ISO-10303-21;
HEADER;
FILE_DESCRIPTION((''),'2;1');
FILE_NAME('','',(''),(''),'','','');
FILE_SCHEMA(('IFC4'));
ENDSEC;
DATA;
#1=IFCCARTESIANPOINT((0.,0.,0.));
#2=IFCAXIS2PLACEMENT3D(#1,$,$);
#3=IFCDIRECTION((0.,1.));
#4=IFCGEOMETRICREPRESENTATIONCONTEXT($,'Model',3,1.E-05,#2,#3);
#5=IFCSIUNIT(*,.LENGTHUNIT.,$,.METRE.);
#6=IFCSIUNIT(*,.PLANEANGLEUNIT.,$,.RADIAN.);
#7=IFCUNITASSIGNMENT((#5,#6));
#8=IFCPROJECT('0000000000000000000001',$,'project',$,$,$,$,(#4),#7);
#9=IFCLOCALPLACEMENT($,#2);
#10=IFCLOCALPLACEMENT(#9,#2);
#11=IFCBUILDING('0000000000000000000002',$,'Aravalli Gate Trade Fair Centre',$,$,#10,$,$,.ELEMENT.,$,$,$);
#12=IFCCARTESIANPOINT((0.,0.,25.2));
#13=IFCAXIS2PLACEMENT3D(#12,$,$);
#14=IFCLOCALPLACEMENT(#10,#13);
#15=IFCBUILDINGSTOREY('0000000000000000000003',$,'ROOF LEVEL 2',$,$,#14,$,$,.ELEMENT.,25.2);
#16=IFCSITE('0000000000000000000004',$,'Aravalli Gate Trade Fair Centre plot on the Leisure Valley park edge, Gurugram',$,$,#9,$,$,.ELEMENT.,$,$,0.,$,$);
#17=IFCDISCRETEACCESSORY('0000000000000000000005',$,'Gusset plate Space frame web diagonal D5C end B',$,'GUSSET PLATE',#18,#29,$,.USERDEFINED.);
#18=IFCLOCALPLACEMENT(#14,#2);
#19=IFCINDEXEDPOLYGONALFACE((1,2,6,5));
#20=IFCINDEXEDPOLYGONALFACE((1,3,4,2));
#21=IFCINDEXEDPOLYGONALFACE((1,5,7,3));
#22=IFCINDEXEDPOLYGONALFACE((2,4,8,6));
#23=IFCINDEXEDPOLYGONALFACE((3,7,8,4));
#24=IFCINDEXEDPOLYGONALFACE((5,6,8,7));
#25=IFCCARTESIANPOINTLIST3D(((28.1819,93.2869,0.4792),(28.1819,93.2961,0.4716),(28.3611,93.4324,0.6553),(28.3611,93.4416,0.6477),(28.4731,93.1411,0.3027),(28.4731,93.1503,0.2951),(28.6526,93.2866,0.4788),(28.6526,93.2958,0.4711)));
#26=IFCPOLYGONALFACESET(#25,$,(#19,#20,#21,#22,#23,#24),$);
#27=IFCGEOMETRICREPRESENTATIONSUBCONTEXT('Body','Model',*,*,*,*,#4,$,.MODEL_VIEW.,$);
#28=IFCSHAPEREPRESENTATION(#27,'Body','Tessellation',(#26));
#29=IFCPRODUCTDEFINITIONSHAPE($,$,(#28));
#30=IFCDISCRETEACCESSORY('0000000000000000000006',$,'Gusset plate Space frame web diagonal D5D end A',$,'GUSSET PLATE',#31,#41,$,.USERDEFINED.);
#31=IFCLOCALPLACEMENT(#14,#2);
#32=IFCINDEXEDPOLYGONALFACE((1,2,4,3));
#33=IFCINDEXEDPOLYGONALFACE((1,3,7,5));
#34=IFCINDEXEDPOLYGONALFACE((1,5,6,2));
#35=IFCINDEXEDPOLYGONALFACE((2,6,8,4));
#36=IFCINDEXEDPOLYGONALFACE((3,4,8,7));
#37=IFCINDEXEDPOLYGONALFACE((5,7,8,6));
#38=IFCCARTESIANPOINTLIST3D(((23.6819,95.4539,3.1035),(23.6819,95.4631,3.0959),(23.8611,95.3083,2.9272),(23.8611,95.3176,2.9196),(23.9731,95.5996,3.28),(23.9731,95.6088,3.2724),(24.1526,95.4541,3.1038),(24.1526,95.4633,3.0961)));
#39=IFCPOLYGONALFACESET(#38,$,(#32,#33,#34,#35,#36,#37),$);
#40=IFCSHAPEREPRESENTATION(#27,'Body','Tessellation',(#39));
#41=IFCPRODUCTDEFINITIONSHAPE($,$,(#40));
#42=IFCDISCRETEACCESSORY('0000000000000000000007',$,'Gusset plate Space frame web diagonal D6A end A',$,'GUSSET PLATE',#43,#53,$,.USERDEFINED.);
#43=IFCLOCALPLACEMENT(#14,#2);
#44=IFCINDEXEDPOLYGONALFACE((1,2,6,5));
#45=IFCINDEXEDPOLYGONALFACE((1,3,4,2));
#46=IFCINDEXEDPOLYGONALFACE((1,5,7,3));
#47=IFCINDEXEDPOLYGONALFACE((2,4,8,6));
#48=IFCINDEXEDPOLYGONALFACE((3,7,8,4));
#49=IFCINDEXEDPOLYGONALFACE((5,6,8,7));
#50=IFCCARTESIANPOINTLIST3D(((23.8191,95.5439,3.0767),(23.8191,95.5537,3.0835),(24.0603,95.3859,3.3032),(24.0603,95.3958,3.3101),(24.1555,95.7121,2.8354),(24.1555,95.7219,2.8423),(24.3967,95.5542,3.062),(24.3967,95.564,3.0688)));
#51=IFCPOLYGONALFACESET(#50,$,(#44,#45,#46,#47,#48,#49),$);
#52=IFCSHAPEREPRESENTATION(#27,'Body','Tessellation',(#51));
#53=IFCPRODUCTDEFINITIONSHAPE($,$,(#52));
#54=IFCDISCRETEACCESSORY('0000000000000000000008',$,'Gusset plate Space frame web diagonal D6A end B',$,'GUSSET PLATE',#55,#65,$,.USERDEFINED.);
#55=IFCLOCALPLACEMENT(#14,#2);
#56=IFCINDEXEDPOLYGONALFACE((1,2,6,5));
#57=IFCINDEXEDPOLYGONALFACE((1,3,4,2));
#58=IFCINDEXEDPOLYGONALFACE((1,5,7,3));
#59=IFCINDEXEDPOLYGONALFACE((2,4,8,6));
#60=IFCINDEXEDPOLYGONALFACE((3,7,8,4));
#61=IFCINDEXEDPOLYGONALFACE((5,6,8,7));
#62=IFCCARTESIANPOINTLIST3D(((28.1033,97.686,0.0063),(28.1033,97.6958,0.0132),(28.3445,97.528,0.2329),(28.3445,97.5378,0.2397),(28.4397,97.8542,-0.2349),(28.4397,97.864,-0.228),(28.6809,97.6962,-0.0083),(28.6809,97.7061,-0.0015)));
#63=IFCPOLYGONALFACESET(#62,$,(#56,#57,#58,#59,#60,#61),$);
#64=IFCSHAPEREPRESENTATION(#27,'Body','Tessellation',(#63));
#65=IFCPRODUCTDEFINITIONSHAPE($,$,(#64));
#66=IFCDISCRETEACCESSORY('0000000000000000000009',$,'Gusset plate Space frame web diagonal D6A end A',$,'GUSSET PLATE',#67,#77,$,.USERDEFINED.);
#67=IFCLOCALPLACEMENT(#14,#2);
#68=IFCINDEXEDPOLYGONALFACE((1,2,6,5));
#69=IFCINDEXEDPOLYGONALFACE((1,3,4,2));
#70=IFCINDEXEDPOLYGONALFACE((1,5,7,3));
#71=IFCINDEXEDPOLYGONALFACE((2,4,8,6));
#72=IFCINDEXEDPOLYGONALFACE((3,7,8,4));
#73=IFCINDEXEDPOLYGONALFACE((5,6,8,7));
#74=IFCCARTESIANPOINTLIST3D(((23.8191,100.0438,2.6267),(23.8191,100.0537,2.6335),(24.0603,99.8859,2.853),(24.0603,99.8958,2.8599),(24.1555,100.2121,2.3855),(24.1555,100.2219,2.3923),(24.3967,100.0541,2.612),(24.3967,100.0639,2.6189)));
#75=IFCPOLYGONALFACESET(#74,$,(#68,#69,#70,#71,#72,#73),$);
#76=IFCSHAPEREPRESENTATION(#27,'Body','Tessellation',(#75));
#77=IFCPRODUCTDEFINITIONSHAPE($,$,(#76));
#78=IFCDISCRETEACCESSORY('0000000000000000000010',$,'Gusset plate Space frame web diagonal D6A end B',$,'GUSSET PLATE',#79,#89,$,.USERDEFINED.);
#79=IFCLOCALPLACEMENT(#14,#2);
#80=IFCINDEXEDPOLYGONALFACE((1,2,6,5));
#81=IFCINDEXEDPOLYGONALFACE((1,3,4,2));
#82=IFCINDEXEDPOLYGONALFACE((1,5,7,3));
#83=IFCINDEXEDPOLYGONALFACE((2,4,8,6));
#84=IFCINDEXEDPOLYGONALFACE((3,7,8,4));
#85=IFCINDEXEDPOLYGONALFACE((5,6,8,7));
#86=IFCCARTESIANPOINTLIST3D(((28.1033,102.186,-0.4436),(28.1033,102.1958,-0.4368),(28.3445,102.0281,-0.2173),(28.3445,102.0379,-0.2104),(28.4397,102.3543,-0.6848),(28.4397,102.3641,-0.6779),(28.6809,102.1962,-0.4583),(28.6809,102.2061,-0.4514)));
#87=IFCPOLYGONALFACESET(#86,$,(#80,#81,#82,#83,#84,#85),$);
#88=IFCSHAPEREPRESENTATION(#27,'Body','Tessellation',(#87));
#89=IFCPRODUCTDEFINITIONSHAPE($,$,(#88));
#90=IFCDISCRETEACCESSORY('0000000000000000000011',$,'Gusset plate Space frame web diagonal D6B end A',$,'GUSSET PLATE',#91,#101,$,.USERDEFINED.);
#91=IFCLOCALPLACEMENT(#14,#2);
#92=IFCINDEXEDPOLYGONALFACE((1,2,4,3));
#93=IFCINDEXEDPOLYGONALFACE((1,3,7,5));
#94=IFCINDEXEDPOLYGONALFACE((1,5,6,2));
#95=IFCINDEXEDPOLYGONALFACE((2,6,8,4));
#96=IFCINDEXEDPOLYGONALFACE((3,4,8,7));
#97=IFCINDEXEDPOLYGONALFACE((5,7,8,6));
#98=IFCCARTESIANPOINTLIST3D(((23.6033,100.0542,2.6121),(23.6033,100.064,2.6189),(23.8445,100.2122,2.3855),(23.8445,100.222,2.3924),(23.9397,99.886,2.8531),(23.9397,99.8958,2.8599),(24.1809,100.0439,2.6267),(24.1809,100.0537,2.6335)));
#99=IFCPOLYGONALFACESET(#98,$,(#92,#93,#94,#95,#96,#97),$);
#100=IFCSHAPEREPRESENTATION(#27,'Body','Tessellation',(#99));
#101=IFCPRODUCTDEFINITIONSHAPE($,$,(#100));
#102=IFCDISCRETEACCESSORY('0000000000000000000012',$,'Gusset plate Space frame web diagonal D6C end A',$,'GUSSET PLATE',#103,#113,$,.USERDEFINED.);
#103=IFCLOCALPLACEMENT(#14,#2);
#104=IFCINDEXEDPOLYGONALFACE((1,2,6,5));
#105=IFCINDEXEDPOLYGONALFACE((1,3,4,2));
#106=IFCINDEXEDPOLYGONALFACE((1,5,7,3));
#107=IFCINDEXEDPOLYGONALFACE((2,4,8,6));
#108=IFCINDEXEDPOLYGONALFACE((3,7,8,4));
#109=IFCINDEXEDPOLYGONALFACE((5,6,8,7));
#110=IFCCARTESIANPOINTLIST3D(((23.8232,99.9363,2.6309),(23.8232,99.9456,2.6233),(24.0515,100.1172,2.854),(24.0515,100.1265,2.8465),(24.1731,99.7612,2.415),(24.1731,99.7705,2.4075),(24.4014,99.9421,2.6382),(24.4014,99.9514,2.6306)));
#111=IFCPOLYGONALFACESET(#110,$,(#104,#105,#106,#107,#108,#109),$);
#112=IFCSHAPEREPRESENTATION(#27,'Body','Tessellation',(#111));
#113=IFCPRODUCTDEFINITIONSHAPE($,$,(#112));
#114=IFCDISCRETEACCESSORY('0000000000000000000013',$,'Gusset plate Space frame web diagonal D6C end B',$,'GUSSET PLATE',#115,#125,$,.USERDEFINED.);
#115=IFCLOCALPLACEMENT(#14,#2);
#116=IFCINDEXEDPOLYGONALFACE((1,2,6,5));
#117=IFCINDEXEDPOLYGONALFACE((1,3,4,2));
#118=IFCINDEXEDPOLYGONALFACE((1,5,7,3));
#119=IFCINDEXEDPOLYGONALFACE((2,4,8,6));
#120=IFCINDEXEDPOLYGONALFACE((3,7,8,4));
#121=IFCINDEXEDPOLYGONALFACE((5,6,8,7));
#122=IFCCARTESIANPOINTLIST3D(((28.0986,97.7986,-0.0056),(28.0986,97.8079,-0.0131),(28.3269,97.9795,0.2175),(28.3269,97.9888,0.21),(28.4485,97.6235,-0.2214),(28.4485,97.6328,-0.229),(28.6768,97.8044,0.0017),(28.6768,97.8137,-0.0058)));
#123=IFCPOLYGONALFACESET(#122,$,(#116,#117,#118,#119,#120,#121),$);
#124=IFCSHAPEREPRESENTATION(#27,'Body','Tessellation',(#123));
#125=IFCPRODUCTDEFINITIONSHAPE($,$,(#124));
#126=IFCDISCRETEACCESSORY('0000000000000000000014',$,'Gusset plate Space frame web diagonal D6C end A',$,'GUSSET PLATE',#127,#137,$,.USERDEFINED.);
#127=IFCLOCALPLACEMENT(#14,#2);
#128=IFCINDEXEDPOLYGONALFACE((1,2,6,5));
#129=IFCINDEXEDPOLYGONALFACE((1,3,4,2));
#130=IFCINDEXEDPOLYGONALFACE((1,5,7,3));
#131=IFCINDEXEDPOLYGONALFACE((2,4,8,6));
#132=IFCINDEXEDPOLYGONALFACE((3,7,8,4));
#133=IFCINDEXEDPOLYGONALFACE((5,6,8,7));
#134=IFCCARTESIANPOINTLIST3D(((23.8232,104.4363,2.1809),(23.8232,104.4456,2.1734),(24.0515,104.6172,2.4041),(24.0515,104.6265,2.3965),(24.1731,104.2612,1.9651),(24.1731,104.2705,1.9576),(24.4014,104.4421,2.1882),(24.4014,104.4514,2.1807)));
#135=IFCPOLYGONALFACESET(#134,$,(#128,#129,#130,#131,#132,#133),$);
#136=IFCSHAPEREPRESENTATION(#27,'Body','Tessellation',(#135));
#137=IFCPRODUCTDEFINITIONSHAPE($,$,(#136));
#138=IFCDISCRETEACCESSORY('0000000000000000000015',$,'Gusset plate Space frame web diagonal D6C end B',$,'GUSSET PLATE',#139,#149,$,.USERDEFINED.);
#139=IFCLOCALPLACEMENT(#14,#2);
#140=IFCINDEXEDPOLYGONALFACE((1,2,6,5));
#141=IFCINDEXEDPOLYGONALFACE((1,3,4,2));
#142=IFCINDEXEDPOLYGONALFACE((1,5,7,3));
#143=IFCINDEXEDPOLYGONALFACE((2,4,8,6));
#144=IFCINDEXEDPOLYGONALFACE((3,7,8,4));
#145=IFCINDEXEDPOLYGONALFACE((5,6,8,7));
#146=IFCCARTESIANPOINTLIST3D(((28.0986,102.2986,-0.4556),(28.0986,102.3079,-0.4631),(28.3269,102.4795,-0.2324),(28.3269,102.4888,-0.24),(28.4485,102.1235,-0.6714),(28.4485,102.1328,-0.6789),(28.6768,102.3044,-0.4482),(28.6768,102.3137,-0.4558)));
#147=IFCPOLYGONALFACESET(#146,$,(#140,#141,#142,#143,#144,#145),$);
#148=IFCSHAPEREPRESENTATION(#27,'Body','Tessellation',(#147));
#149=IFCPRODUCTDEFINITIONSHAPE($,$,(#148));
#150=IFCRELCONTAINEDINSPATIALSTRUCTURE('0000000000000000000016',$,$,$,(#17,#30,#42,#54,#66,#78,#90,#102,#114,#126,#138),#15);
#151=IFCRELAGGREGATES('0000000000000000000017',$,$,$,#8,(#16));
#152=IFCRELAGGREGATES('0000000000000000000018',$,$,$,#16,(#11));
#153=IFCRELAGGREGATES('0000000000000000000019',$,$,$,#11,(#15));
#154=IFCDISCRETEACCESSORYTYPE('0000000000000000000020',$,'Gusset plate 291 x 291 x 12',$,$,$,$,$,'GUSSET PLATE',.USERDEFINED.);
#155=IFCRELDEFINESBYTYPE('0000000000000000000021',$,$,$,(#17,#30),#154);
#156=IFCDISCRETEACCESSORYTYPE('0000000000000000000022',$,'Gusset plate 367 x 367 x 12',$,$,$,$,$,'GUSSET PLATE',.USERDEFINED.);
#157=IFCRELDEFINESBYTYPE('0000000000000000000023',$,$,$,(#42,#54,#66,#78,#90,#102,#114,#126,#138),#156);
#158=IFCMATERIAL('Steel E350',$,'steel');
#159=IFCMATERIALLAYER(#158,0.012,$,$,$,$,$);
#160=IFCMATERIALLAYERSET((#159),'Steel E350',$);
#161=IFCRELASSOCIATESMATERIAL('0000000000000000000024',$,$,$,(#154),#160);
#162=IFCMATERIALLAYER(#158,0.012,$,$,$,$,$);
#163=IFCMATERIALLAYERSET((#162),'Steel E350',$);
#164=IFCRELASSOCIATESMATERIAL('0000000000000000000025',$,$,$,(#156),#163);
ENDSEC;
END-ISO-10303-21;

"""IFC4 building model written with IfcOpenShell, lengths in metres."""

from ifc_helpers import new_model, si_unit, direction, frame, origin, place, context, subcontext, project, spatial, polyline, outline, extrude, material, layer, layer_set, type_object, element, save


model = new_model("IFC4")

# Units and contexts
model_context = context("Model", 3, precision=1e-05, world=origin(), true_north=direction((0.0, 1.0)))
body_context = subcontext(model_context, "Body", "Model", "MODEL_VIEW")
ifc_project = project(units=[si_unit("LENGTHUNIT", "METRE"), si_unit("PLANEANGLEUNIT", "RADIAN")], contexts=[model_context])

# Site, building, storey
site_placement = place(None, origin())
site = spatial("IfcSite", under=ifc_project, at=site_placement, Name="Aravalli Gate Trade Fair Centre plot on the Leisure Valley park edge, Gurugram", CompositionType="ELEMENT", RefElevation=0.0)
building_placement = place(site_placement, origin())
building = spatial("IfcBuilding", under=site, at=building_placement, Name="Aravalli Gate Trade Fair Centre", CompositionType="ELEMENT")
storey_placement = place(building_placement, frame((0.0, 0.0, 25.2)))
storey = spatial("IfcBuildingStorey", under=building, at=storey_placement, Name="ROOF LEVEL 2", CompositionType="ELEMENT", Elevation=25.2)

# Shared definitions
ifc_material_1 = material(Name="Steel E350", Category="steel")

# Discrete accessories
ifc_layer_1 = layer(ifc_material_1, 0.012)
ifc_layer_set_1 = layer_set([ifc_layer_1], Name="Steel E350")
discrete_accessory_type_1 = type_object("IfcDiscreteAccessoryType", Name="Gusset plate 291 x 291 x 12", ElementType="GUSSET PLATE", PredefinedType="USERDEFINED", material=ifc_layer_set_1)
discrete_accessory_1_placement = place(storey_placement, frame((28.1819, 93.2869, 0.4792), z_axis=(0.000261, -0.770887, 0.636972), x_axis=(0.786233, -0.393446, -0.476485)))
element("IfcDiscreteAccessory", 1, at=discrete_accessory_1_placement, inside=storey, type_object=discrete_accessory_type_1, Name="Gusset plate Space frame web diagonal D5C end B", ObjectType="GUSSET PLATE", PredefinedType="USERDEFINED", context=body_context, shape_type="SweptSolid", body=[
    extrude(outline(polyline([(0.0, 0.0), (0.3704, 0.0), (0.3704, 0.2904), (-0.0002, 0.2903), (0.0, 0.0)])), origin(), (0.0, 0.0, -1.0), 0.012),
])
discrete_accessory_2_placement = place(storey_placement, frame((23.6819, 95.4539, 3.1035), z_axis=(0.00007, -0.771155, 0.636648), x_axis=(0.786233, 0.393446, 0.476485)))
element("IfcDiscreteAccessory", 2, at=discrete_accessory_2_placement, inside=storey, type_object=discrete_accessory_type_1, Name="Gusset plate Space frame web diagonal D5D end A", ObjectType="GUSSET PLATE", PredefinedType="USERDEFINED", context=body_context, shape_type="SweptSolid", body=[
    extrude(outline(polyline([(0.0, 0.0), (0.3704, 0.0), (0.3703, -0.2906), (-0.0003, -0.2904), (0.0, 0.0)])), origin(), (0.0, 0.0, -1.0), 0.012),
])
ifc_layer_2 = layer(ifc_material_1, 0.012)
ifc_layer_set_2 = layer_set([ifc_layer_2], Name="Steel E350")
discrete_accessory_type_2 = type_object("IfcDiscreteAccessoryType", Name="Gusset plate 367 x 367 x 12", ElementType="GUSSET PLATE", PredefinedType="USERDEFINED", material=ifc_layer_set_2)
discrete_accessory_3_placement = place(storey_placement, frame((24.1555, 95.7219, 2.8423), z_axis=(-0.000057, 0.820282, 0.57196), x_axis=(-0.75291, -0.376455, 0.539822)))
element("IfcDiscreteAccessory", 3, at=discrete_accessory_3_placement, inside=storey, type_object=discrete_accessory_type_2, Name="Gusset plate Space frame web diagonal D6A end A", ObjectType="GUSSET PLATE", PredefinedType="USERDEFINED", context=body_context, shape_type="SweptSolid", body=[
    extrude(outline(polyline([(0.0, 0.0), (0.4468, 0.0), (0.447, 0.3667), (0.0002, 0.3667), (0.0, 0.0)])), origin(), (0.0, 0.0, -1.0), 0.012),
])
discrete_accessory_4_placement = place(storey_placement, frame((28.1033, 97.6958, 0.0132), z_axis=(-0.000057, 0.820282, 0.57196), x_axis=(0.75291, 0.376455, -0.539822)))
element("IfcDiscreteAccessory", 4, at=discrete_accessory_4_placement, inside=storey, type_object=discrete_accessory_type_2, Name="Gusset plate Space frame web diagonal D6A end B", ObjectType="GUSSET PLATE", PredefinedType="USERDEFINED", context=body_context, shape_type="SweptSolid", body=[
    extrude(outline(polyline([(0.0, 0.0), (0.4468, 0.0), (0.4467, -0.3667), (-0.0002, -0.3667), (0.0, 0.0)])), origin(), (0.0, 0.0, -1.0), 0.012),
])
discrete_accessory_5_placement = place(storey_placement, frame((24.1555, 100.2219, 2.3923), z_axis=(-0.000049, 0.820141, 0.572161), x_axis=(-0.75291, -0.376583, 0.539733)))
element("IfcDiscreteAccessory", 5, at=discrete_accessory_5_placement, inside=storey, type_object=discrete_accessory_type_2, Name="Gusset plate Space frame web diagonal D6A end A", ObjectType="GUSSET PLATE", PredefinedType="USERDEFINED", context=body_context, shape_type="SweptSolid", body=[
    extrude(outline(polyline([(0.0, 0.0), (0.4468, 0.0), (0.4469, 0.3665), (0.0002, 0.3667), (0.0, 0.0)])), origin(), (0.0, 0.0, -1.0), 0.012),
])
discrete_accessory_6_placement = place(storey_placement, frame((28.1033, 102.1958, -0.4368), z_axis=(-0.000049, 0.820141, 0.572161), x_axis=(0.75291, 0.376583, -0.539733)))
element("IfcDiscreteAccessory", 6, at=discrete_accessory_6_placement, inside=storey, type_object=discrete_accessory_type_2, Name="Gusset plate Space frame web diagonal D6A end B", ObjectType="GUSSET PLATE", PredefinedType="USERDEFINED", context=body_context, shape_type="SweptSolid", body=[
    extrude(outline(polyline([(0.0, 0.0), (0.4468, 0.0), (0.4467, -0.3667), (0.0, -0.3665), (0.0, 0.0)])), origin(), (0.0, 0.0, -1.0), 0.012),
])
discrete_accessory_7_placement = place(storey_placement, frame((23.6033, 100.064, 2.6189), z_axis=(0.000049, 0.820141, 0.572161), x_axis=(0.753132, -0.376438, 0.539524)))
element("IfcDiscreteAccessory", 7, at=discrete_accessory_7_placement, inside=storey, type_object=discrete_accessory_type_2, Name="Gusset plate Space frame web diagonal D6B end A", ObjectType="GUSSET PLATE", PredefinedType="USERDEFINED", context=body_context, shape_type="SweptSolid", body=[
    extrude(outline(polyline([(0.0, 0.0), (0.4467, 0.0), (0.4468, 0.3665), (0.0, 0.3667), (0.0, 0.0)])), origin(), (0.0, 0.0, -1.0), 0.012),
])
discrete_accessory_8_placement = place(storey_placement, frame((24.1731, 99.7612, 2.415), z_axis=(-0.000107, -0.776736, 0.629826), x_axis=(-0.783044, 0.391795, 0.48305)))
element("IfcDiscreteAccessory", 8, at=discrete_accessory_8_placement, inside=storey, type_object=discrete_accessory_type_2, Name="Gusset plate Space frame web diagonal D6C end A", ObjectType="GUSSET PLATE", PredefinedType="USERDEFINED", context=body_context, shape_type="SweptSolid", body=[
    extrude(outline(polyline([(0.0, 0.0), (0.4468, 0.0), (0.4467, -0.3669), (-0.0001, -0.3669), (0.0, 0.0)])), origin(), (0.0, 0.0, -1.0), 0.012),
])
discrete_accessory_9_placement = place(storey_placement, frame((28.0986, 97.7986, -0.0056), z_axis=(-0.000107, -0.776736, 0.629826), x_axis=(0.783044, -0.391795, -0.48305)))
element("IfcDiscreteAccessory", 9, at=discrete_accessory_9_placement, inside=storey, type_object=discrete_accessory_type_2, Name="Gusset plate Space frame web diagonal D6C end B", ObjectType="GUSSET PLATE", PredefinedType="USERDEFINED", context=body_context, shape_type="SweptSolid", body=[
    extrude(outline(polyline([(0.0, 0.0), (0.4468, 0.0), (0.4469, 0.3669), (0.0001, 0.3669), (0.0, 0.0)])), origin(), (0.0, 0.0, -1.0), 0.012),
])
discrete_accessory_10_placement = place(storey_placement, frame((24.1731, 104.2612, 1.9651), z_axis=(-0.000107, -0.776736, 0.629826), x_axis=(-0.783044, 0.391795, 0.48305)))
element("IfcDiscreteAccessory", 10, at=discrete_accessory_10_placement, inside=storey, type_object=discrete_accessory_type_2, Name="Gusset plate Space frame web diagonal D6C end A", ObjectType="GUSSET PLATE", PredefinedType="USERDEFINED", context=body_context, shape_type="SweptSolid", body=[
    extrude(outline(polyline([(0.0, 0.0), (0.4468, 0.0), (0.4467, -0.3669), (-0.0001, -0.3669), (0.0, 0.0)])), origin(), (0.0, 0.0, -1.0), 0.012),
])
discrete_accessory_11_placement = place(storey_placement, frame((28.0986, 102.2986, -0.4556), z_axis=(-0.000107, -0.776736, 0.629826), x_axis=(0.783044, -0.391795, -0.48305)))
element("IfcDiscreteAccessory", 11, at=discrete_accessory_11_placement, inside=storey, type_object=discrete_accessory_type_2, Name="Gusset plate Space frame web diagonal D6C end B", ObjectType="GUSSET PLATE", PredefinedType="USERDEFINED", context=body_context, shape_type="SweptSolid", body=[
    extrude(outline(polyline([(0.0, 0.0), (0.4468, 0.0), (0.4469, 0.3669), (0.0001, 0.3669), (0.0, 0.0)])), origin(), (0.0, 0.0, -1.0), 0.012),
])

save(model, "model.ifc")
